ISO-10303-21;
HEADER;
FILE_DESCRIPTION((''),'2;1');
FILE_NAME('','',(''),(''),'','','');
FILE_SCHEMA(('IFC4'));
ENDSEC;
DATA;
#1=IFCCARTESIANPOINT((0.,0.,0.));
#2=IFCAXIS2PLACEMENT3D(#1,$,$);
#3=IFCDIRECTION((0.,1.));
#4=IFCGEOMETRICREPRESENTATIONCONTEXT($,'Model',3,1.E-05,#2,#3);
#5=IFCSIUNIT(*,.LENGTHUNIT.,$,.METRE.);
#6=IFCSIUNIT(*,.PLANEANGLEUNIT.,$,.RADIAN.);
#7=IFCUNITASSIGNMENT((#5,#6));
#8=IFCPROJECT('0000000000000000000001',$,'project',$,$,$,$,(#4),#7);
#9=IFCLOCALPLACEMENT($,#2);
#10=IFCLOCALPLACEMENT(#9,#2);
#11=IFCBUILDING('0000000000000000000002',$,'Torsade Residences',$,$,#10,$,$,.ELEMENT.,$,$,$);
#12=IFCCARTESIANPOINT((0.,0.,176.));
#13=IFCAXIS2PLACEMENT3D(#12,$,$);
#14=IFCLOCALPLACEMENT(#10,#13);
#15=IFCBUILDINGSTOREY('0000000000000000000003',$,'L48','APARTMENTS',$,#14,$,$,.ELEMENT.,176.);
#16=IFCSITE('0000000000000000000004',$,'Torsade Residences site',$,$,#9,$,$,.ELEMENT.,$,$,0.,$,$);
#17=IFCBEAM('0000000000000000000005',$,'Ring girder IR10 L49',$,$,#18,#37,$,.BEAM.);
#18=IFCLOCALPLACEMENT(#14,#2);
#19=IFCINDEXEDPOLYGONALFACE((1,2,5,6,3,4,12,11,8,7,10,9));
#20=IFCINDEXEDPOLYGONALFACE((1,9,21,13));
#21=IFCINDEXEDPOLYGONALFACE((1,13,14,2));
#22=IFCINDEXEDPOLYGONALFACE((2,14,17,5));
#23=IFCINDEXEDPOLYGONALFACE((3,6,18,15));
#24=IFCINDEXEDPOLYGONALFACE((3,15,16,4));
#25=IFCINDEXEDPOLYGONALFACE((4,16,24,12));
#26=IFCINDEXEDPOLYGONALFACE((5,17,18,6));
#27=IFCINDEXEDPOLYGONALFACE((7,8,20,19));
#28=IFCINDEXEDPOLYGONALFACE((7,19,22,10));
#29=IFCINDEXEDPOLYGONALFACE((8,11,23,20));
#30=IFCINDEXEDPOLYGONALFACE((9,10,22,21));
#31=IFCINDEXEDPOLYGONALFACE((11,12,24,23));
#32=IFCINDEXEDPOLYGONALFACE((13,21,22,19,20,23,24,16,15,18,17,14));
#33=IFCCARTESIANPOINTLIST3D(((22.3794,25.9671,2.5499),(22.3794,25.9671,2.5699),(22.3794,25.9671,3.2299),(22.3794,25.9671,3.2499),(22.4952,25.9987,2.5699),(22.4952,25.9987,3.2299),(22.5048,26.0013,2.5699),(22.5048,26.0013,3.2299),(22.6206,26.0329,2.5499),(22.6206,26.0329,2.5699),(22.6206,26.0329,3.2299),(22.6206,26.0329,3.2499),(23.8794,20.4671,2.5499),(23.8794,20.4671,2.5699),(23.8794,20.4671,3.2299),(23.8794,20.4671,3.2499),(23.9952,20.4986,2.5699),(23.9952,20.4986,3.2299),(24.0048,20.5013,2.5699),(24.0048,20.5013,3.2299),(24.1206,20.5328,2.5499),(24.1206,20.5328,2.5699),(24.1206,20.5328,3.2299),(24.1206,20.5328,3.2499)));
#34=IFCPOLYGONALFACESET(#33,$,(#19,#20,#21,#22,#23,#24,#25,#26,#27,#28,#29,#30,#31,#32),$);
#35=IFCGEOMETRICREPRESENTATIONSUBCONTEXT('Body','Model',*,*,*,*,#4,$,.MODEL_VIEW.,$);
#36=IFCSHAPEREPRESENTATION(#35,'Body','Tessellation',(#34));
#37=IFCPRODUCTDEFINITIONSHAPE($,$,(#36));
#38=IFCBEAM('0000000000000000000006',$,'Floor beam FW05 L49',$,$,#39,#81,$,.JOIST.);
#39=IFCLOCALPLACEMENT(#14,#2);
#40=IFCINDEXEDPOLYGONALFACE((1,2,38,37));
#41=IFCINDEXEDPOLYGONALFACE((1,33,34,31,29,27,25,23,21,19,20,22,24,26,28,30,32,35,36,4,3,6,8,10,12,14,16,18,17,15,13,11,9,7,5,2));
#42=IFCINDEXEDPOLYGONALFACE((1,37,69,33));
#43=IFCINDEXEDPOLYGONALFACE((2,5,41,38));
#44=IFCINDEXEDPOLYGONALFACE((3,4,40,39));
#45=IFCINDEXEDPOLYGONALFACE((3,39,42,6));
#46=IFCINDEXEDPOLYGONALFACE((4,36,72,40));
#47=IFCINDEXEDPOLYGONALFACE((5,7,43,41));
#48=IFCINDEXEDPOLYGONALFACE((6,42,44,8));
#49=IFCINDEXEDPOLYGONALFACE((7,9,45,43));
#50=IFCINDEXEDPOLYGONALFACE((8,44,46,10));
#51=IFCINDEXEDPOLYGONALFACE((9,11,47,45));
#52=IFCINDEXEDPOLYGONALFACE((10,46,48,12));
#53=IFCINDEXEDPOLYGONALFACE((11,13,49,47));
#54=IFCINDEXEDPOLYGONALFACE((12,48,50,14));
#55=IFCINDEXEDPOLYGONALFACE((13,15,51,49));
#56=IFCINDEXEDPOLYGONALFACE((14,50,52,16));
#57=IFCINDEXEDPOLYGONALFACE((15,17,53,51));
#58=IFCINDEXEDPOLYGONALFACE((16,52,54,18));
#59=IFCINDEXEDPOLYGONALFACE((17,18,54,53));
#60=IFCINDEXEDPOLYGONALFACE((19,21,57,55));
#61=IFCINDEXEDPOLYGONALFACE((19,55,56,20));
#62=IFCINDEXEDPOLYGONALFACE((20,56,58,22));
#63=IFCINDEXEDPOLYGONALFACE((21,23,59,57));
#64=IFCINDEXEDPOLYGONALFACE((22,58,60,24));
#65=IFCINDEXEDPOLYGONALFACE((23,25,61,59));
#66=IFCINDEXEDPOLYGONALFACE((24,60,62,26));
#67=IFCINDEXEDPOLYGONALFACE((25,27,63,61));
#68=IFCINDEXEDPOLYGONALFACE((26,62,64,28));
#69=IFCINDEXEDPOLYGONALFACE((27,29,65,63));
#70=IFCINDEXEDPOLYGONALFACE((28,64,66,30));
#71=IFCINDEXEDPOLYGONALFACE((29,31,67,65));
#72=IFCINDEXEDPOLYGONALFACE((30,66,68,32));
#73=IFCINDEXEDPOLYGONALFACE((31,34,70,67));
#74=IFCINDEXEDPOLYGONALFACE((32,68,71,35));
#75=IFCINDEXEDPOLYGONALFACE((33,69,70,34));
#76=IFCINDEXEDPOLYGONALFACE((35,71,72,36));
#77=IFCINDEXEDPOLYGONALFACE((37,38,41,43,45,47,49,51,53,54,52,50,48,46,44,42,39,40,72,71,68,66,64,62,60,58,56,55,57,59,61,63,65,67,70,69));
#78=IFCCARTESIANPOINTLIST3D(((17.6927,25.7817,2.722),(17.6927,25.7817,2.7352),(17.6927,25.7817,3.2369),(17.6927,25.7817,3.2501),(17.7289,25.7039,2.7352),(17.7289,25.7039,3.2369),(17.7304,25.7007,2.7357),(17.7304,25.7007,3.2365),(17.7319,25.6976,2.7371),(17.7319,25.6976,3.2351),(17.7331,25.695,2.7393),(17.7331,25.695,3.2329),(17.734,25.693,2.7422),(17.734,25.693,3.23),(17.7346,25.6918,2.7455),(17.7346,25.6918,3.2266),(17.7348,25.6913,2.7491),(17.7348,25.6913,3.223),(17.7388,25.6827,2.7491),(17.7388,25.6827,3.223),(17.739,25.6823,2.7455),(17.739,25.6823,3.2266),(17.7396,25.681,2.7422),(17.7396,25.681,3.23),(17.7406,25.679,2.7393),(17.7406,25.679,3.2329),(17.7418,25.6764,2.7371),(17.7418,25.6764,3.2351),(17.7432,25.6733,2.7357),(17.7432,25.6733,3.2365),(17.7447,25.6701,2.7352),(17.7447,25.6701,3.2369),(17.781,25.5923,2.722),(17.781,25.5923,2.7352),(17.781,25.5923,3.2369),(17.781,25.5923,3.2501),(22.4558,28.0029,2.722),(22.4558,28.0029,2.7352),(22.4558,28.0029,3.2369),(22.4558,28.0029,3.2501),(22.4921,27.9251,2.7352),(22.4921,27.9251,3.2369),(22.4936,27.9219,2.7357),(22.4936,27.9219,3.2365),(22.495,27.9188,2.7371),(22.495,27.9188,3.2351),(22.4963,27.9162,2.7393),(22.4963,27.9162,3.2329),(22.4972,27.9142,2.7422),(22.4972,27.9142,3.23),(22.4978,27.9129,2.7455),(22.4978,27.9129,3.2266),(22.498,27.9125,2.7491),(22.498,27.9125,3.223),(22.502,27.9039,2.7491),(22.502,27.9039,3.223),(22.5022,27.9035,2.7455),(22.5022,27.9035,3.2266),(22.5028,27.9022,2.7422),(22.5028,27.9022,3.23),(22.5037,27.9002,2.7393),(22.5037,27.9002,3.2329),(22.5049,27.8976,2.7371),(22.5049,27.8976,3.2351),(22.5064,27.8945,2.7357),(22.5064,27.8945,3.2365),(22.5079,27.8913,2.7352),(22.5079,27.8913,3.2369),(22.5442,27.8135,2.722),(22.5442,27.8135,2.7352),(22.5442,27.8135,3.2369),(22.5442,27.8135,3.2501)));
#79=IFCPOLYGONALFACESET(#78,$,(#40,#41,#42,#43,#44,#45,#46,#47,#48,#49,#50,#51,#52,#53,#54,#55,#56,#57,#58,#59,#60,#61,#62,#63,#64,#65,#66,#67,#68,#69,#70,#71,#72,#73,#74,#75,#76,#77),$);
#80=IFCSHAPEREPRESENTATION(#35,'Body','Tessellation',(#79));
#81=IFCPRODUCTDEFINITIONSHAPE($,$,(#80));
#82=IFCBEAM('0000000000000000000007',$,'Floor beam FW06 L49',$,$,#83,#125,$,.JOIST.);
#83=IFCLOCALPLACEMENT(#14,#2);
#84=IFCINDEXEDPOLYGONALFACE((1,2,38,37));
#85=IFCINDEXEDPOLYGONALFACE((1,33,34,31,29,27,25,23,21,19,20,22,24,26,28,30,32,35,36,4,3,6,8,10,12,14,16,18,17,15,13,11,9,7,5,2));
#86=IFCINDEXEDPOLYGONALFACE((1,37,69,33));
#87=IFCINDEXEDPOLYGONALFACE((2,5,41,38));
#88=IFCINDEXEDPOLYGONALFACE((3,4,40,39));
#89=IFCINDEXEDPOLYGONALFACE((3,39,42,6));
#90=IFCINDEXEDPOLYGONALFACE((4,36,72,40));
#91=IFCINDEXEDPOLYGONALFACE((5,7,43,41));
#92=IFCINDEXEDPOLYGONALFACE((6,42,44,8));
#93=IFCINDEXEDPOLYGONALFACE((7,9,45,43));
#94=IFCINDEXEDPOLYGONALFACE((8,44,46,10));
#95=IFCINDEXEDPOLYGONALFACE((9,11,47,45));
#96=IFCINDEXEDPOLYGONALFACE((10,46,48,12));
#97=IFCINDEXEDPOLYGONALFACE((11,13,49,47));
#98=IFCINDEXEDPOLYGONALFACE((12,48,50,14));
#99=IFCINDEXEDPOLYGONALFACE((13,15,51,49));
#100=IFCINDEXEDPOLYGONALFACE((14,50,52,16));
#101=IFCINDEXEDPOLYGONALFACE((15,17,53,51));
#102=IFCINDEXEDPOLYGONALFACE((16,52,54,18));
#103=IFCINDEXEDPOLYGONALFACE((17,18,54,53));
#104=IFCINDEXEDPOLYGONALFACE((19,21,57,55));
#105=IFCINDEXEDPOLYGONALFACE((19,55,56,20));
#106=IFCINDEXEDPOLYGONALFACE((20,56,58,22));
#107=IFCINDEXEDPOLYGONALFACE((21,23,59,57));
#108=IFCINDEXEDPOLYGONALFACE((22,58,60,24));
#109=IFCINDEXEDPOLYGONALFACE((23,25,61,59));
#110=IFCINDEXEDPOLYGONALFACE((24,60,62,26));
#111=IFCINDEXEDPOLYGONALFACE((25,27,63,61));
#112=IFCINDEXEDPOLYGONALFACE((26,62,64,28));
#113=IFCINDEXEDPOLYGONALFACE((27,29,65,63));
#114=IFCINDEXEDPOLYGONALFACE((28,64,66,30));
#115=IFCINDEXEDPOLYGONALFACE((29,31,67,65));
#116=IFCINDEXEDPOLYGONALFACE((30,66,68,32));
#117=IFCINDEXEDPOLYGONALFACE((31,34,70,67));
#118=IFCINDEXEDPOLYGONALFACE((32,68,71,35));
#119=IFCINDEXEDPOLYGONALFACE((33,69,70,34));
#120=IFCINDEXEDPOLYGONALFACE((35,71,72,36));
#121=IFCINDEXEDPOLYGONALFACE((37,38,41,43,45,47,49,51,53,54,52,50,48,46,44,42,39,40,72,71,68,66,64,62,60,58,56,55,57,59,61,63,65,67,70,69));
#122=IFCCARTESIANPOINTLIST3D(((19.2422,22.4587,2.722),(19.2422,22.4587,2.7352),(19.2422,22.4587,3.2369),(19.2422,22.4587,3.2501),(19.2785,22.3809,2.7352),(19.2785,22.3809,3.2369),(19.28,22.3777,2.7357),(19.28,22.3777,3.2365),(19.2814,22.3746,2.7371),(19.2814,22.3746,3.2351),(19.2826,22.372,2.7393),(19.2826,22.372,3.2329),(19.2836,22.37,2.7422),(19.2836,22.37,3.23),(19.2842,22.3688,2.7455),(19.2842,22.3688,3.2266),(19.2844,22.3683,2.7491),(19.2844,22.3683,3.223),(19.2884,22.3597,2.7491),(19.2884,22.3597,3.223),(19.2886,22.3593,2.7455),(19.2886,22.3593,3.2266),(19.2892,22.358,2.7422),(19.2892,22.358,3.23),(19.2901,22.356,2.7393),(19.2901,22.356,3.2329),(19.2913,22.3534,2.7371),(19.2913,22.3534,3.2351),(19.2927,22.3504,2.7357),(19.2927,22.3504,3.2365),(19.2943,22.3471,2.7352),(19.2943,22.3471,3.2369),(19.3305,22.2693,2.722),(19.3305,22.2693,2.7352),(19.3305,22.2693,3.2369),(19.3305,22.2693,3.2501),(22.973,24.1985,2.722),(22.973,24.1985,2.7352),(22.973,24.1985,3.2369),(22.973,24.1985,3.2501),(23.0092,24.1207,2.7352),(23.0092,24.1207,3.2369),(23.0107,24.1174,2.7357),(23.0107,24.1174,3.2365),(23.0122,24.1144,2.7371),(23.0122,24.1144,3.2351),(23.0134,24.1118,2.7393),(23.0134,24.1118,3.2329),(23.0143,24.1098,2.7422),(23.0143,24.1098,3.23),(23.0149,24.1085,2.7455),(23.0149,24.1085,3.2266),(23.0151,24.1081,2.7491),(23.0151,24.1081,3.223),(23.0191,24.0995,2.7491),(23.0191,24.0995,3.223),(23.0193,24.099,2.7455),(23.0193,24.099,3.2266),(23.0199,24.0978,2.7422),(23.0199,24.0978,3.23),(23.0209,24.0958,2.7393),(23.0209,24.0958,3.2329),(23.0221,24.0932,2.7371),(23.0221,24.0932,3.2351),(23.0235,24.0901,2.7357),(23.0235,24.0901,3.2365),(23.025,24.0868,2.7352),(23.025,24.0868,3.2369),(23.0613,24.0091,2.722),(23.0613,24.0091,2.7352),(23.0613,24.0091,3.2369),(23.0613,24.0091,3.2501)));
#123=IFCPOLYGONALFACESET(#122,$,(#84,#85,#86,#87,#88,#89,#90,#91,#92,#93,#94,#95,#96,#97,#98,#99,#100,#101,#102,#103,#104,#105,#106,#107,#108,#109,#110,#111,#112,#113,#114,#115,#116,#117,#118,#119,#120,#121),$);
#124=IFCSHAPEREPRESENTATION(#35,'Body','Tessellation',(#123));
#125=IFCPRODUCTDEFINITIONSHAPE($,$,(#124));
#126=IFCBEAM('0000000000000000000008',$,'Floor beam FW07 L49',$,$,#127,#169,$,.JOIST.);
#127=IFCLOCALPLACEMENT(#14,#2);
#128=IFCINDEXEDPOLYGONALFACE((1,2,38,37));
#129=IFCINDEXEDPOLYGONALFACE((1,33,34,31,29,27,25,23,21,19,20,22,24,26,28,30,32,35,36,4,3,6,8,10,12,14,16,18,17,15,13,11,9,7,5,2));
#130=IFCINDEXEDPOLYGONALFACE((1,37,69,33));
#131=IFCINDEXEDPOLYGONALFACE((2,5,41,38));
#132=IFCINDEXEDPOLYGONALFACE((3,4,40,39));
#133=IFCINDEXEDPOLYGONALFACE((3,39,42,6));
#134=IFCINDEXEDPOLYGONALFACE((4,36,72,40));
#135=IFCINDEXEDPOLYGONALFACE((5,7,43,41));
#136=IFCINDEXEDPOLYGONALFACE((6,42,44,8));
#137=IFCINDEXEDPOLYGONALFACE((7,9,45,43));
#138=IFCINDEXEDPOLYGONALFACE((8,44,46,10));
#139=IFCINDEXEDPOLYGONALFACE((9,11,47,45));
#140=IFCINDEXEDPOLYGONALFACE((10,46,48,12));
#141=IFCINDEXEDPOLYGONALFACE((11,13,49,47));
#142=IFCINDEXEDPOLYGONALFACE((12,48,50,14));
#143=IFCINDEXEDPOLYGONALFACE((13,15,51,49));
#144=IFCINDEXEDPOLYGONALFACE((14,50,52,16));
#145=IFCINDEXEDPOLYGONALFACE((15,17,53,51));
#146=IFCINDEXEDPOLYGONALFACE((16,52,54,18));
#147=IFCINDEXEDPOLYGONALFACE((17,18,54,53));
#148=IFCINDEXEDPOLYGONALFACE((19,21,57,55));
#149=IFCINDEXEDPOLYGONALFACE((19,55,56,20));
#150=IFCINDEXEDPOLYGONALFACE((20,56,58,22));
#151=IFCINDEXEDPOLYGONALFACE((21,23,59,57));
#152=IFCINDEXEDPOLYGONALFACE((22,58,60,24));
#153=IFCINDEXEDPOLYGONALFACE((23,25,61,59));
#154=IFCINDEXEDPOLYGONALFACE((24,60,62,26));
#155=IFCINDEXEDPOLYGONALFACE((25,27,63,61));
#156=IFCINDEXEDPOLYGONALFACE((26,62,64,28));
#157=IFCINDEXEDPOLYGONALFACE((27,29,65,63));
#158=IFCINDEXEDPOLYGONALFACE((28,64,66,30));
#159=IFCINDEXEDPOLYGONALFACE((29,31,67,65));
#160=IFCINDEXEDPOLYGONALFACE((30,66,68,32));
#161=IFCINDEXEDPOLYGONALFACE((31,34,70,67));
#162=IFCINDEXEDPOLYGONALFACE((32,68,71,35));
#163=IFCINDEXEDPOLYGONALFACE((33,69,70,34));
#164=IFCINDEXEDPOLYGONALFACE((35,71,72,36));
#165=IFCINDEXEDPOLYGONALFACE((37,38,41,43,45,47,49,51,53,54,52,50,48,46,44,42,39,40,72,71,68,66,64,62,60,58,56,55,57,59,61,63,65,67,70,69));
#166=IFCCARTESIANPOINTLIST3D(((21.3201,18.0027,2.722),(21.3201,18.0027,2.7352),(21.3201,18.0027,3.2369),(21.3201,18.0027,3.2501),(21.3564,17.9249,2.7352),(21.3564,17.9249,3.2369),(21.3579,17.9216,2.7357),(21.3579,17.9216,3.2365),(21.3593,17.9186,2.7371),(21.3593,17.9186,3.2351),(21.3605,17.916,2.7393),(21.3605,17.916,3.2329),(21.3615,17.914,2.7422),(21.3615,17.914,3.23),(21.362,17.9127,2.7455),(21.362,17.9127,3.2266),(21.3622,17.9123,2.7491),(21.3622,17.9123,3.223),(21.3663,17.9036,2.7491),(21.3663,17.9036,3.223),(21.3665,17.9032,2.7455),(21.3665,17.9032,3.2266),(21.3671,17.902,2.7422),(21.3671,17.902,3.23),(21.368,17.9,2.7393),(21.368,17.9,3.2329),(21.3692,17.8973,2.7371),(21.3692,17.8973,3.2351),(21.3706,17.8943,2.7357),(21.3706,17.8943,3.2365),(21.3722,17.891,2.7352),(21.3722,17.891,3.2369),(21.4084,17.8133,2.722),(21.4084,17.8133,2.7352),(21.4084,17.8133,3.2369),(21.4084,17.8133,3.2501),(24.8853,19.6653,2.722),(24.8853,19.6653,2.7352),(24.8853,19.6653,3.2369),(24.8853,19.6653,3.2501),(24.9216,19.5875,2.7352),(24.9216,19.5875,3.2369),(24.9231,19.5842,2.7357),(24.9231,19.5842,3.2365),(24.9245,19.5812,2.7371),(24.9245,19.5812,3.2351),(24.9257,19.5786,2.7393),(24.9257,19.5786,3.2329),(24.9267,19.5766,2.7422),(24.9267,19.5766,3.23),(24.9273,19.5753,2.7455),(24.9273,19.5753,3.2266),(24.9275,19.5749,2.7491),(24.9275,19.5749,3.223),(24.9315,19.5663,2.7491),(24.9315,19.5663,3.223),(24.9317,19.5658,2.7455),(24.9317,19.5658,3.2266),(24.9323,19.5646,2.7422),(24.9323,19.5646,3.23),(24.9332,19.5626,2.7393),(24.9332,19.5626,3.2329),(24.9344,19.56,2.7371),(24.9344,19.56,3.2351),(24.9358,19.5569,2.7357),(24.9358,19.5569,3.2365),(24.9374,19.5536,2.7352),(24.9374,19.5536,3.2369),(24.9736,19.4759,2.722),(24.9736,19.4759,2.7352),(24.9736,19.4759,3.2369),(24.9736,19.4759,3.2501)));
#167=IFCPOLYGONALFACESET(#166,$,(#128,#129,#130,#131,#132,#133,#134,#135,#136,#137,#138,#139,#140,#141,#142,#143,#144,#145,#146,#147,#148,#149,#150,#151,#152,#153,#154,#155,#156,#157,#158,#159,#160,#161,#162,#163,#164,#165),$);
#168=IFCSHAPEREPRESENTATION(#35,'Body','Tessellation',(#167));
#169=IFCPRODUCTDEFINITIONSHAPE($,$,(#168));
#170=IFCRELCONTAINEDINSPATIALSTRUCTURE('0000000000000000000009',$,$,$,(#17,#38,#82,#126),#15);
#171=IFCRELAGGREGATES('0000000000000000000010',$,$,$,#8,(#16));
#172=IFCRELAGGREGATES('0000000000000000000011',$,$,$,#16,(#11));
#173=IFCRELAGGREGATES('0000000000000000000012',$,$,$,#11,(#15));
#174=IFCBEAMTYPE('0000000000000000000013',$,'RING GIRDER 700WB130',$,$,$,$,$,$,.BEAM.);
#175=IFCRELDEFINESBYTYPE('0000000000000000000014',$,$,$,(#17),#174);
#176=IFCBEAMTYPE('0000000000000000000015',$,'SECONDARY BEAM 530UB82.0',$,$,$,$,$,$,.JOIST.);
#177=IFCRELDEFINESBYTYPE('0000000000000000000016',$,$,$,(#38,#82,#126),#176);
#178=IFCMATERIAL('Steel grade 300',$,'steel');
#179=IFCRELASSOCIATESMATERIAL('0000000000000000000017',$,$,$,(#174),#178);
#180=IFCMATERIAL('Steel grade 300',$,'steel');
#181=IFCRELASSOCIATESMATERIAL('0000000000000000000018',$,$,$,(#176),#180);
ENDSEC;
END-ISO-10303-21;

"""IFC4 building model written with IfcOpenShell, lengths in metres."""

from ifc_helpers import new_model, si_unit, direction, frame, origin, origin_2d, place, context, subcontext, project, spatial, i_section, extrude, material, material_profile, profile_set, type_object, element, save


model = new_model("IFC4")

# Units and contexts
model_context = context("Model", 3, precision=1e-05, world=origin(), true_north=direction((0.0, 1.0)))
body_context = subcontext(model_context, "Body", "Model", "MODEL_VIEW")
ifc_project = project(units=[si_unit("LENGTHUNIT", "METRE"), si_unit("PLANEANGLEUNIT", "RADIAN")], contexts=[model_context])

# Site, building, storey
site_placement = place(None, origin())
site = spatial("IfcSite", under=ifc_project, at=site_placement, Name="Torsade Residences site", CompositionType="ELEMENT", RefElevation=0.0)
building_placement = place(site_placement, origin())
building = spatial("IfcBuilding", under=site, at=building_placement, Name="Torsade Residences", CompositionType="ELEMENT")
storey_placement = place(building_placement, frame((0.0, 0.0, 176.0)))
storey = spatial("IfcBuildingStorey", under=building, at=storey_placement, Name="L48", Description="APARTMENTS", CompositionType="ELEMENT", Elevation=176.0)

# Beams
ifc_material_1 = material(Name="Steel grade 300", Category="steel")
ifc_material_profile_1 = material_profile(ifc_material_1, i_section(OverallWidth=0.25, OverallDepth=0.7, WebThickness=0.01, FlangeThickness=0.02, at=origin_2d()), Name="700WB130")
ifc_profile_set_1 = profile_set([ifc_material_profile_1], Name="Steel grade 300")
beam_type_1 = type_object("IfcBeamType", Name="RING GIRDER 700WB130", PredefinedType="BEAM", material=ifc_profile_set_1)
beam_1_placement = place(storey_placement, frame((22.5, 26.0, 2.8999), z_axis=(0.263117, -0.964764, 0.0), x_axis=(0.964764, 0.263117, 0.0)))
element("IfcBeam", 1, at=beam_1_placement, inside=storey, type_object=beam_type_1, Name="Ring girder IR10 L49", PredefinedType="BEAM", context=body_context, shape_type="SweptSolid", body=[
    extrude(i_section(OverallWidth=0.25, OverallDepth=0.7, WebThickness=0.01, FlangeThickness=0.02, at=origin_2d()), origin(), (0.0, 0.0, 1.0), 5.7009),
])
ifc_material_2 = material(Name="Steel grade 300", Category="steel")
ifc_material_profile_2 = material_profile(ifc_material_2, i_section(OverallWidth=0.209, OverallDepth=0.5281, WebThickness=0.0095, FlangeThickness=0.0132, FilletRadius=0.0139, at=origin_2d()), Name="530UB82.0")
ifc_profile_set_2 = profile_set([ifc_material_profile_2], Name="Steel grade 300")
beam_type_2 = type_object("IfcBeamType", Name="SECONDARY BEAM 530UB82.0", PredefinedType="JOIST", material=ifc_profile_set_2)
beam_2_placement = place(storey_placement, frame((17.7368, 25.687, 2.9861), z_axis=(0.906302, 0.422631, 0.0), x_axis=(-0.422631, 0.906302, 0.0)))
element("IfcBeam", 2, at=beam_2_placement, inside=storey, type_object=beam_type_2, Name="Floor beam FW05 L49", PredefinedType="JOIST", context=body_context, shape_type="SweptSolid", body=[
    extrude(i_section(OverallWidth=0.209, OverallDepth=0.5281, WebThickness=0.0095, FlangeThickness=0.0132, FilletRadius=0.0139, at=origin_2d()), origin(), (0.0, 0.0, 1.0), 5.2556),
])
beam_3_placement = place(storey_placement, frame((19.2864, 22.364, 2.9861), z_axis=(0.9063, 0.422635, 0.0), x_axis=(-0.422635, 0.9063, 0.0)))
element("IfcBeam", 3, at=beam_3_placement, inside=storey, type_object=beam_type_2, Name="Floor beam FW06 L49", PredefinedType="JOIST", context=body_context, shape_type="SweptSolid", body=[
    extrude(i_section(OverallWidth=0.209, OverallDepth=0.5281, WebThickness=0.0095, FlangeThickness=0.0132, FilletRadius=0.0139, at=origin_2d()), origin(), (0.0, 0.0, 1.0), 4.1165),
])
beam_4_placement = place(storey_placement, frame((21.3643, 17.908, 2.9861), z_axis=(0.906296, 0.422644, 0.0), x_axis=(-0.422644, 0.906296, 0.0)))
element("IfcBeam", 4, at=beam_4_placement, inside=storey, type_object=beam_type_2, Name="Floor beam FW07 L49", PredefinedType="JOIST", context=body_context, shape_type="SweptSolid", body=[
    extrude(i_section(OverallWidth=0.209, OverallDepth=0.5281, WebThickness=0.0095, FlangeThickness=0.0132, FilletRadius=0.0139, at=origin_2d()), origin(), (0.0, 0.0, 1.0), 3.9338),
])

save(model, "model.ifc")
